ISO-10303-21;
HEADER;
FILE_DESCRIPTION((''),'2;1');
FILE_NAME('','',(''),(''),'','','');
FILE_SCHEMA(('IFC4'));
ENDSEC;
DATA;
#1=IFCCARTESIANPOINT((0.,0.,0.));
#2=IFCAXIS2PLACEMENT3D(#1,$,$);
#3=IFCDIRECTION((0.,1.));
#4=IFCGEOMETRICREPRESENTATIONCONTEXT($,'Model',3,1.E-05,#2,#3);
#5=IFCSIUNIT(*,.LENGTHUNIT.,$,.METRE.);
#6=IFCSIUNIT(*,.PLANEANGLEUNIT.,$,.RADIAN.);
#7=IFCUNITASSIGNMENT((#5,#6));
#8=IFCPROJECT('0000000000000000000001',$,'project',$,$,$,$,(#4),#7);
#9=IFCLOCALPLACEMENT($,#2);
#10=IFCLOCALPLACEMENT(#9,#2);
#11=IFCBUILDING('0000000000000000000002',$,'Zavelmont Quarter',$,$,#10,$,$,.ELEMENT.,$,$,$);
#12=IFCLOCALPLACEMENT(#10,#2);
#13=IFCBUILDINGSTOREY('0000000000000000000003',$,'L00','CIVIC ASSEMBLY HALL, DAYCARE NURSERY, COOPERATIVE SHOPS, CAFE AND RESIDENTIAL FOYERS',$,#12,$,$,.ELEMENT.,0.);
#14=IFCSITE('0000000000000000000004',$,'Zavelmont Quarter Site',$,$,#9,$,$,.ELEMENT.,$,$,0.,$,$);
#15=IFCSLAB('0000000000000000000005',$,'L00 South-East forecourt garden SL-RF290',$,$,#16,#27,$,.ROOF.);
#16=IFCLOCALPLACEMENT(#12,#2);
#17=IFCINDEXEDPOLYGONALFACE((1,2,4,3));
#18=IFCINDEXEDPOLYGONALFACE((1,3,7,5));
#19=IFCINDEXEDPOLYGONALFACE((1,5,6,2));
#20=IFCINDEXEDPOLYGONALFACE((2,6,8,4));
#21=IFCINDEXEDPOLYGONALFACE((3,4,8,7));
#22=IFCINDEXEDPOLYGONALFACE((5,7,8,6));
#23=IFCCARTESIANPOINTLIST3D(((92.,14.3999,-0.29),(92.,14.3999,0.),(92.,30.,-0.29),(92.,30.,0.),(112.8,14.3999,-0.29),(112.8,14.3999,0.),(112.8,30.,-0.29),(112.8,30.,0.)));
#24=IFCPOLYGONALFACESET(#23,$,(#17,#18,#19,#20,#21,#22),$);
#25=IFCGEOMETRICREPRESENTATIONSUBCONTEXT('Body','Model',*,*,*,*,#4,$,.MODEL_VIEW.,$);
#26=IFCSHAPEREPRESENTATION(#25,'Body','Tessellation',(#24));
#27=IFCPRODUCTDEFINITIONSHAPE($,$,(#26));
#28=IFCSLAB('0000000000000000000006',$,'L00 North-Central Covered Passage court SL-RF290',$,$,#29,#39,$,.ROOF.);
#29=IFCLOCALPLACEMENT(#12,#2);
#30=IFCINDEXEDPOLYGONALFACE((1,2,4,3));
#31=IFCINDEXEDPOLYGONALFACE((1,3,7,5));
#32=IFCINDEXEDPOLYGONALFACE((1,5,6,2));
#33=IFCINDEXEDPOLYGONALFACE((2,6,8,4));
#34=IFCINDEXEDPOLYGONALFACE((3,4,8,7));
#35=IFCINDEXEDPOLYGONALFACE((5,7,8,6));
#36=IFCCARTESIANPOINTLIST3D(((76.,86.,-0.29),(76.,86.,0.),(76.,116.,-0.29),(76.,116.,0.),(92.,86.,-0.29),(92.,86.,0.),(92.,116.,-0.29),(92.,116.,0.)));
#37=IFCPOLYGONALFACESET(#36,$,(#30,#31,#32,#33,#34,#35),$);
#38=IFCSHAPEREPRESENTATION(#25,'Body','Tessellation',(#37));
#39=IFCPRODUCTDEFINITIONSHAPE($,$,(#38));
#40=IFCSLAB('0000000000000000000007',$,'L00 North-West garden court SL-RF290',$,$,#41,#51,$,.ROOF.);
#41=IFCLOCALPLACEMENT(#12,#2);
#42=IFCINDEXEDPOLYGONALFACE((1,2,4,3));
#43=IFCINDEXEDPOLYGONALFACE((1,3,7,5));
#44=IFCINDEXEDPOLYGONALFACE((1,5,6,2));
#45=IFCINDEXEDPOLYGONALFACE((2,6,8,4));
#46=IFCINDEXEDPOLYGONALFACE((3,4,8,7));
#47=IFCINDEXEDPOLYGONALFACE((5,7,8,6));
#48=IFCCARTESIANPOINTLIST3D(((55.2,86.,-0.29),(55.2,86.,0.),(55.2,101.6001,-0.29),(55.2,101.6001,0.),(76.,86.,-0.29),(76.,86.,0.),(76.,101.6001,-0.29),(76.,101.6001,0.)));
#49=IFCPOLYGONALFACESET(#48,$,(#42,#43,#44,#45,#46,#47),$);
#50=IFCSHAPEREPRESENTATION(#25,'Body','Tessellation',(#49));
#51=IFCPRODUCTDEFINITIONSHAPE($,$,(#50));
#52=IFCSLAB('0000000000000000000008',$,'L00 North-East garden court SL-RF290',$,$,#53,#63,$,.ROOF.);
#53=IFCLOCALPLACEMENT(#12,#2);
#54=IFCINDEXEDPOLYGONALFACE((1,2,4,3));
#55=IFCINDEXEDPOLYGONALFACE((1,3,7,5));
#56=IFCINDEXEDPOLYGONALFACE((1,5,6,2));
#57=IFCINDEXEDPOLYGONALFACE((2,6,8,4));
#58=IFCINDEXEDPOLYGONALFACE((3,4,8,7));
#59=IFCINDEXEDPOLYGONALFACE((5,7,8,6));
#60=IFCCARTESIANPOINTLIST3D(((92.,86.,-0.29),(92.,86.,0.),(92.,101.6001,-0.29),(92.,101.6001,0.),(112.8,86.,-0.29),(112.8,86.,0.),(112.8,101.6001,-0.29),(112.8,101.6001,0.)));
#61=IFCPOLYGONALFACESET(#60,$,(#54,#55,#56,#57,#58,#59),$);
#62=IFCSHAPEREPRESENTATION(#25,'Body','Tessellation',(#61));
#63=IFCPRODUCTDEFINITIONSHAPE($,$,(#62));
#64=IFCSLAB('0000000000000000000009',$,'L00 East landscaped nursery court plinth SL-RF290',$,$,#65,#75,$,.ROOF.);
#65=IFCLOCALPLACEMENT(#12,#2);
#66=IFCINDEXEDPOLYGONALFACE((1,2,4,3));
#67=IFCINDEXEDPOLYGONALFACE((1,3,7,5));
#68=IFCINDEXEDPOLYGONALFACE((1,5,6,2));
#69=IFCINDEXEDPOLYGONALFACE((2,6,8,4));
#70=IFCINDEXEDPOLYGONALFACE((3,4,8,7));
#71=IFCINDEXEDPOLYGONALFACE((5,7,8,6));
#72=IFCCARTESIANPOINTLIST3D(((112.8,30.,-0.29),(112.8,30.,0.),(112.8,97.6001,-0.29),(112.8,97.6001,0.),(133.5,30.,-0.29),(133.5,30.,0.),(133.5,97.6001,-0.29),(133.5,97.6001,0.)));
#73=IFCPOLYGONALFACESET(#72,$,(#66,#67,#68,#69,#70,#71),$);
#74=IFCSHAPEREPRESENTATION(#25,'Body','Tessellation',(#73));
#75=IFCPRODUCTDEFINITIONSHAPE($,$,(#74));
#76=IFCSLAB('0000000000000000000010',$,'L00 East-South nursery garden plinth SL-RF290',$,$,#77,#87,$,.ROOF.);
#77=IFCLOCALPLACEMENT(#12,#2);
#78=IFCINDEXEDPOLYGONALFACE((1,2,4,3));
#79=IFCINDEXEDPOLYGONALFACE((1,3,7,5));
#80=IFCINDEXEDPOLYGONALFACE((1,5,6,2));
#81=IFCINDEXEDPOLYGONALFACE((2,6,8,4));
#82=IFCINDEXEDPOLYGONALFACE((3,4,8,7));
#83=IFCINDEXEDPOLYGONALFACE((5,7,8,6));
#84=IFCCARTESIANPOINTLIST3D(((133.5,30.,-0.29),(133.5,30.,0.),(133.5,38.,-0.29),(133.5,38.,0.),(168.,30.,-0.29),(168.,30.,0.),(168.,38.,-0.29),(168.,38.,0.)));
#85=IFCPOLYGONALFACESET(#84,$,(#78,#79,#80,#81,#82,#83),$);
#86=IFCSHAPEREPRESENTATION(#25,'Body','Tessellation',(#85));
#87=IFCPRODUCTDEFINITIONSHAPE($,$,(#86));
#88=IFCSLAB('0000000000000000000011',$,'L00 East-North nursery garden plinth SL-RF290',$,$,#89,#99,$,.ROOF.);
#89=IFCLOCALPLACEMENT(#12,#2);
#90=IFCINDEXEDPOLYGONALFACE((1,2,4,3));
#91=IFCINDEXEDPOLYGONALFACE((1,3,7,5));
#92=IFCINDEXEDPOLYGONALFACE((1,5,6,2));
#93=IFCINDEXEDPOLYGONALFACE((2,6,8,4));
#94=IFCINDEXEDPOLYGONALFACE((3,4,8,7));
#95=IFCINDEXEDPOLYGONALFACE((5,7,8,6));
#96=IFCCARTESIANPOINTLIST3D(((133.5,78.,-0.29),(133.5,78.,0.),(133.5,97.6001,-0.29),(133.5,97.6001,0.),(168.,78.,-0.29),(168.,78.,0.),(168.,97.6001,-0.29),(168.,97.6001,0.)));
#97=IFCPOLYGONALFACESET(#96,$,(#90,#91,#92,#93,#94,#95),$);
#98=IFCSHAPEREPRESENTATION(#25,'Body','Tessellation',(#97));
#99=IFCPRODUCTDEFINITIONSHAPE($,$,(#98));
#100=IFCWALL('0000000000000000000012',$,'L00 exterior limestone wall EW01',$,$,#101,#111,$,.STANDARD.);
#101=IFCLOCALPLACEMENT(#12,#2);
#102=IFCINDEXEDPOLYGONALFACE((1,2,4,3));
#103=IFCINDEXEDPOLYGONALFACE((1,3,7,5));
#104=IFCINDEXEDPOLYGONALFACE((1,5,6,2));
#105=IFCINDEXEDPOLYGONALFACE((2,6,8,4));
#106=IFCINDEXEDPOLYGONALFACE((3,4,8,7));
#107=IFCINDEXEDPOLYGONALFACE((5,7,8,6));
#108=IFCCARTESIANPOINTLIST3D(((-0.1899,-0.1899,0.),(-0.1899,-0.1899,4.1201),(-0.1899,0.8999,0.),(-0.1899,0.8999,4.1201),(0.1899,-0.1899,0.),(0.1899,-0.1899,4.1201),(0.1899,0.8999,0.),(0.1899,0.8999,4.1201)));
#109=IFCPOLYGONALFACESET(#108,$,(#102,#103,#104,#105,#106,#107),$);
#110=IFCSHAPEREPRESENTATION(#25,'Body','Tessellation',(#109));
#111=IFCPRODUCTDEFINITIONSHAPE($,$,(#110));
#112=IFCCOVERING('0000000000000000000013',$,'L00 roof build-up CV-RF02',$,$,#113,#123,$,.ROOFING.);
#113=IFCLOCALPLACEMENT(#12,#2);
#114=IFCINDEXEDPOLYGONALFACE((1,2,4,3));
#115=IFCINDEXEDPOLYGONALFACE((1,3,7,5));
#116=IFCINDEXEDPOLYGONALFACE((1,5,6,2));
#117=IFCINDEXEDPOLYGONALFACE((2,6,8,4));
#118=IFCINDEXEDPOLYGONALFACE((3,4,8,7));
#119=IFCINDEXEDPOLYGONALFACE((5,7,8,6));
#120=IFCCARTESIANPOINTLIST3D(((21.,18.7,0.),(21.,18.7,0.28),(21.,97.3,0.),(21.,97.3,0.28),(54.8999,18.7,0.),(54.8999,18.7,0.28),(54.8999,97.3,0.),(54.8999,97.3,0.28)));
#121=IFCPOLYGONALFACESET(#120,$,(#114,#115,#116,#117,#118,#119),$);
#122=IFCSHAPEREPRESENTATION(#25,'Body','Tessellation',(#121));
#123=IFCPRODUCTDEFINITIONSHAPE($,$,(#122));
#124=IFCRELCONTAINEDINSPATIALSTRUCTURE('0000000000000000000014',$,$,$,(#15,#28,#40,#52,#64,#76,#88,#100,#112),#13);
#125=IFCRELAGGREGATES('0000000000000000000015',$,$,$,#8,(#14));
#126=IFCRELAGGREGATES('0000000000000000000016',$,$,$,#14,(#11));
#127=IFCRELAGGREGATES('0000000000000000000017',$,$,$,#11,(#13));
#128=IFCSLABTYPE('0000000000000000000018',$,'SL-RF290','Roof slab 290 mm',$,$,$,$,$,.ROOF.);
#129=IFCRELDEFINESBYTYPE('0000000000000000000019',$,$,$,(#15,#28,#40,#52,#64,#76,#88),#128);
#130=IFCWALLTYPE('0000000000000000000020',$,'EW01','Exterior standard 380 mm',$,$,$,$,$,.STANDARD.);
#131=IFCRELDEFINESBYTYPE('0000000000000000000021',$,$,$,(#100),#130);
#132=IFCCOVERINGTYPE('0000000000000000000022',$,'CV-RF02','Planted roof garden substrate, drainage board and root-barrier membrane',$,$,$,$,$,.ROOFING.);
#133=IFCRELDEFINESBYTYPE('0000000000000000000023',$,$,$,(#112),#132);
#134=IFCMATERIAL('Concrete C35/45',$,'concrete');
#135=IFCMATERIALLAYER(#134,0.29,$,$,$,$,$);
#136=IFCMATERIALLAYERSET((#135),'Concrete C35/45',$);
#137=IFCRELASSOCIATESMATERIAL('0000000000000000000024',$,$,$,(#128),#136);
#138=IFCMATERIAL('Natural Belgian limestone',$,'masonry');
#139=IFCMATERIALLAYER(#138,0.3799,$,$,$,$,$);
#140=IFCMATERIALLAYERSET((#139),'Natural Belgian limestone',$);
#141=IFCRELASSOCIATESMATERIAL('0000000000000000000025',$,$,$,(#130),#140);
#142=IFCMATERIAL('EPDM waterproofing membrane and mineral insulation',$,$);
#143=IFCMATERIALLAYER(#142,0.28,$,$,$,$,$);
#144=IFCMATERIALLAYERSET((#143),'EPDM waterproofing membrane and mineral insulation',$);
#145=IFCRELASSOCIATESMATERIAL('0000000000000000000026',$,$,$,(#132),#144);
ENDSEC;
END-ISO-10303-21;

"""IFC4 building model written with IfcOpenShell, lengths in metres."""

from ifc_helpers import new_model, si_unit, direction, frame, frame_2d, origin, place, context, subcontext, project, spatial, polyline, rectangle, outline, extrude, material, layer, layer_set, type_object, element, save


model = new_model("IFC4")

# Units and contexts
model_context = context("Model", 3, precision=1e-05, world=origin(), true_north=direction((0.0, 1.0)))
body_context = subcontext(model_context, "Body", "Model", "MODEL_VIEW")
ifc_project = project(units=[si_unit("LENGTHUNIT", "METRE"), si_unit("PLANEANGLEUNIT", "RADIAN")], contexts=[model_context])

# Site, building, storey
site_placement = place(None, origin())
site = spatial("IfcSite", under=ifc_project, at=site_placement, Name="Zavelmont Quarter Site", CompositionType="ELEMENT", RefElevation=0.0)
building_placement = place(site_placement, origin())
building = spatial("IfcBuilding", under=site, at=building_placement, Name="Zavelmont Quarter", CompositionType="ELEMENT")
storey_placement = place(building_placement, origin())
storey = spatial("IfcBuildingStorey", under=building, at=storey_placement, Name="L00", Description="CIVIC ASSEMBLY HALL, DAYCARE NURSERY, COOPERATIVE SHOPS, CAFE AND RESIDENTIAL FOYERS", CompositionType="ELEMENT", Elevation=0.0)

# Slabs
ifc_material_1 = material(Name="Concrete C35/45", Category="concrete")
ifc_layer_1 = layer(ifc_material_1, 0.29)
ifc_layer_set_1 = layer_set([ifc_layer_1], Name="Concrete C35/45")
slab_type_1 = type_object("IfcSlabType", Name="SL-RF290", Description="Roof slab 290 mm", PredefinedType="ROOF", material=ifc_layer_set_1)
slab_1_placement = place(storey_placement, frame((0.0, 0.0, -0.29)))
element("IfcSlab", 1, at=slab_1_placement, inside=storey, type_object=slab_type_1, Name="L00 South-East forecourt garden SL-RF290", PredefinedType="ROOF", context=body_context, shape_type="SweptSolid", body=[
    extrude(outline(polyline([(92.0, 14.3999), (112.8, 14.3999), (112.8, 30.0), (92.0, 30.0), (92.0, 14.3999)])), origin(), (0.0, 0.0, 1.0), 0.29),
])
slab_2_placement = place(storey_placement, frame((0.0, 0.0, -0.29)))
element("IfcSlab", 2, at=slab_2_placement, inside=storey, type_object=slab_type_1, Name="L00 North-Central Covered Passage court SL-RF290", PredefinedType="ROOF", context=body_context, shape_type="SweptSolid", body=[
    extrude(outline(polyline([(76.0, 86.0), (92.0, 86.0), (92.0, 116.0), (76.0, 116.0), (76.0, 86.0)])), origin(), (0.0, 0.0, 1.0), 0.29),
])
slab_3_placement = place(storey_placement, frame((0.0, 0.0, -0.29)))
element("IfcSlab", 3, at=slab_3_placement, inside=storey, type_object=slab_type_1, Name="L00 North-West garden court SL-RF290", PredefinedType="ROOF", context=body_context, shape_type="SweptSolid", body=[
    extrude(outline(polyline([(55.2, 86.0), (76.0, 86.0), (76.0, 101.6001), (55.2, 101.6001), (55.2, 86.0)])), origin(), (0.0, 0.0, 1.0), 0.29),
])
slab_4_placement = place(storey_placement, frame((0.0, 0.0, -0.29)))
element("IfcSlab", 4, at=slab_4_placement, inside=storey, type_object=slab_type_1, Name="L00 North-East garden court SL-RF290", PredefinedType="ROOF", context=body_context, shape_type="SweptSolid", body=[
    extrude(outline(polyline([(92.0, 86.0), (112.8, 86.0), (112.8, 101.6001), (92.0, 101.6001), (92.0, 86.0)])), origin(), (0.0, 0.0, 1.0), 0.29),
])
slab_5_placement = place(storey_placement, frame((0.0, 0.0, -0.29)))
element("IfcSlab", 5, at=slab_5_placement, inside=storey, type_object=slab_type_1, Name="L00 East landscaped nursery court plinth SL-RF290", PredefinedType="ROOF", context=body_context, shape_type="SweptSolid", body=[
    extrude(outline(polyline([(112.8, 30.0), (133.5, 30.0), (133.5, 97.6001), (112.8, 97.6001), (112.8, 30.0)])), origin(), (0.0, 0.0, 1.0), 0.29),
])
slab_6_placement = place(storey_placement, frame((0.0, 0.0, -0.29)))
element("IfcSlab", 6, at=slab_6_placement, inside=storey, type_object=slab_type_1, Name="L00 East-South nursery garden plinth SL-RF290", PredefinedType="ROOF", context=body_context, shape_type="SweptSolid", body=[
    extrude(outline(polyline([(133.5, 30.0), (168.0, 30.0), (168.0, 38.0), (133.5, 38.0), (133.5, 30.0)])), origin(), (0.0, 0.0, 1.0), 0.29),
])
slab_7_placement = place(storey_placement, frame((0.0, 0.0, -0.29)))
element("IfcSlab", 7, at=slab_7_placement, inside=storey, type_object=slab_type_1, Name="L00 East-North nursery garden plinth SL-RF290", PredefinedType="ROOF", context=body_context, shape_type="SweptSolid", body=[
    extrude(outline(polyline([(133.5, 78.0), (168.0, 78.0), (168.0, 97.6001), (133.5, 97.6001), (133.5, 78.0)])), origin(), (0.0, 0.0, 1.0), 0.29),
])

# Wall
ifc_material_2 = material(Name="Natural Belgian limestone", Category="masonry")
ifc_layer_2 = layer(ifc_material_2, 0.3799)
ifc_layer_set_2 = layer_set([ifc_layer_2], Name="Natural Belgian limestone")
wall_type = type_object("IfcWallType", Name="EW01", Description="Exterior standard 380 mm", PredefinedType="STANDARD", material=ifc_layer_set_2)
wall_placement = place(storey_placement, frame((0.0, -0.1899, 0.0), z_axis=(0.0, 0.0, 1.0), x_axis=(0.0, 1.0, 0.0)))
element("IfcWall", 8, at=wall_placement, inside=storey, type_object=wall_type, Name="L00 exterior limestone wall EW01", PredefinedType="STANDARD", context=body_context, shape_type="SweptSolid", body=[
    extrude(rectangle(XDim=1.0898, YDim=0.3799, at=frame_2d((0.5449, 0.0))), origin(), (0.0, 0.0, 1.0), 4.1201),
])

# Covering
ifc_material_3 = material(Name="EPDM waterproofing membrane and mineral insulation")
ifc_layer_3 = layer(ifc_material_3, 0.28)
ifc_layer_set_3 = layer_set([ifc_layer_3], Name="EPDM waterproofing membrane and mineral insulation")
covering_type = type_object("IfcCoveringType", Name="CV-RF02", Description="Planted roof garden substrate, drainage board and root-barrier membrane", PredefinedType="ROOFING", material=ifc_layer_set_3)
covering_placement = place(storey_placement, origin())
element("IfcCovering", 9, at=covering_placement, inside=storey, type_object=covering_type, Name="L00 roof build-up CV-RF02", PredefinedType="ROOFING", context=body_context, shape_type="SweptSolid", body=[
    extrude(outline(polyline([(21.0, 18.7), (54.8999, 18.7), (54.8999, 97.3), (21.0, 97.3), (21.0, 18.7)])), origin(), (0.0, 0.0, 1.0), 0.28),
])

save(model, "model.ifc")
